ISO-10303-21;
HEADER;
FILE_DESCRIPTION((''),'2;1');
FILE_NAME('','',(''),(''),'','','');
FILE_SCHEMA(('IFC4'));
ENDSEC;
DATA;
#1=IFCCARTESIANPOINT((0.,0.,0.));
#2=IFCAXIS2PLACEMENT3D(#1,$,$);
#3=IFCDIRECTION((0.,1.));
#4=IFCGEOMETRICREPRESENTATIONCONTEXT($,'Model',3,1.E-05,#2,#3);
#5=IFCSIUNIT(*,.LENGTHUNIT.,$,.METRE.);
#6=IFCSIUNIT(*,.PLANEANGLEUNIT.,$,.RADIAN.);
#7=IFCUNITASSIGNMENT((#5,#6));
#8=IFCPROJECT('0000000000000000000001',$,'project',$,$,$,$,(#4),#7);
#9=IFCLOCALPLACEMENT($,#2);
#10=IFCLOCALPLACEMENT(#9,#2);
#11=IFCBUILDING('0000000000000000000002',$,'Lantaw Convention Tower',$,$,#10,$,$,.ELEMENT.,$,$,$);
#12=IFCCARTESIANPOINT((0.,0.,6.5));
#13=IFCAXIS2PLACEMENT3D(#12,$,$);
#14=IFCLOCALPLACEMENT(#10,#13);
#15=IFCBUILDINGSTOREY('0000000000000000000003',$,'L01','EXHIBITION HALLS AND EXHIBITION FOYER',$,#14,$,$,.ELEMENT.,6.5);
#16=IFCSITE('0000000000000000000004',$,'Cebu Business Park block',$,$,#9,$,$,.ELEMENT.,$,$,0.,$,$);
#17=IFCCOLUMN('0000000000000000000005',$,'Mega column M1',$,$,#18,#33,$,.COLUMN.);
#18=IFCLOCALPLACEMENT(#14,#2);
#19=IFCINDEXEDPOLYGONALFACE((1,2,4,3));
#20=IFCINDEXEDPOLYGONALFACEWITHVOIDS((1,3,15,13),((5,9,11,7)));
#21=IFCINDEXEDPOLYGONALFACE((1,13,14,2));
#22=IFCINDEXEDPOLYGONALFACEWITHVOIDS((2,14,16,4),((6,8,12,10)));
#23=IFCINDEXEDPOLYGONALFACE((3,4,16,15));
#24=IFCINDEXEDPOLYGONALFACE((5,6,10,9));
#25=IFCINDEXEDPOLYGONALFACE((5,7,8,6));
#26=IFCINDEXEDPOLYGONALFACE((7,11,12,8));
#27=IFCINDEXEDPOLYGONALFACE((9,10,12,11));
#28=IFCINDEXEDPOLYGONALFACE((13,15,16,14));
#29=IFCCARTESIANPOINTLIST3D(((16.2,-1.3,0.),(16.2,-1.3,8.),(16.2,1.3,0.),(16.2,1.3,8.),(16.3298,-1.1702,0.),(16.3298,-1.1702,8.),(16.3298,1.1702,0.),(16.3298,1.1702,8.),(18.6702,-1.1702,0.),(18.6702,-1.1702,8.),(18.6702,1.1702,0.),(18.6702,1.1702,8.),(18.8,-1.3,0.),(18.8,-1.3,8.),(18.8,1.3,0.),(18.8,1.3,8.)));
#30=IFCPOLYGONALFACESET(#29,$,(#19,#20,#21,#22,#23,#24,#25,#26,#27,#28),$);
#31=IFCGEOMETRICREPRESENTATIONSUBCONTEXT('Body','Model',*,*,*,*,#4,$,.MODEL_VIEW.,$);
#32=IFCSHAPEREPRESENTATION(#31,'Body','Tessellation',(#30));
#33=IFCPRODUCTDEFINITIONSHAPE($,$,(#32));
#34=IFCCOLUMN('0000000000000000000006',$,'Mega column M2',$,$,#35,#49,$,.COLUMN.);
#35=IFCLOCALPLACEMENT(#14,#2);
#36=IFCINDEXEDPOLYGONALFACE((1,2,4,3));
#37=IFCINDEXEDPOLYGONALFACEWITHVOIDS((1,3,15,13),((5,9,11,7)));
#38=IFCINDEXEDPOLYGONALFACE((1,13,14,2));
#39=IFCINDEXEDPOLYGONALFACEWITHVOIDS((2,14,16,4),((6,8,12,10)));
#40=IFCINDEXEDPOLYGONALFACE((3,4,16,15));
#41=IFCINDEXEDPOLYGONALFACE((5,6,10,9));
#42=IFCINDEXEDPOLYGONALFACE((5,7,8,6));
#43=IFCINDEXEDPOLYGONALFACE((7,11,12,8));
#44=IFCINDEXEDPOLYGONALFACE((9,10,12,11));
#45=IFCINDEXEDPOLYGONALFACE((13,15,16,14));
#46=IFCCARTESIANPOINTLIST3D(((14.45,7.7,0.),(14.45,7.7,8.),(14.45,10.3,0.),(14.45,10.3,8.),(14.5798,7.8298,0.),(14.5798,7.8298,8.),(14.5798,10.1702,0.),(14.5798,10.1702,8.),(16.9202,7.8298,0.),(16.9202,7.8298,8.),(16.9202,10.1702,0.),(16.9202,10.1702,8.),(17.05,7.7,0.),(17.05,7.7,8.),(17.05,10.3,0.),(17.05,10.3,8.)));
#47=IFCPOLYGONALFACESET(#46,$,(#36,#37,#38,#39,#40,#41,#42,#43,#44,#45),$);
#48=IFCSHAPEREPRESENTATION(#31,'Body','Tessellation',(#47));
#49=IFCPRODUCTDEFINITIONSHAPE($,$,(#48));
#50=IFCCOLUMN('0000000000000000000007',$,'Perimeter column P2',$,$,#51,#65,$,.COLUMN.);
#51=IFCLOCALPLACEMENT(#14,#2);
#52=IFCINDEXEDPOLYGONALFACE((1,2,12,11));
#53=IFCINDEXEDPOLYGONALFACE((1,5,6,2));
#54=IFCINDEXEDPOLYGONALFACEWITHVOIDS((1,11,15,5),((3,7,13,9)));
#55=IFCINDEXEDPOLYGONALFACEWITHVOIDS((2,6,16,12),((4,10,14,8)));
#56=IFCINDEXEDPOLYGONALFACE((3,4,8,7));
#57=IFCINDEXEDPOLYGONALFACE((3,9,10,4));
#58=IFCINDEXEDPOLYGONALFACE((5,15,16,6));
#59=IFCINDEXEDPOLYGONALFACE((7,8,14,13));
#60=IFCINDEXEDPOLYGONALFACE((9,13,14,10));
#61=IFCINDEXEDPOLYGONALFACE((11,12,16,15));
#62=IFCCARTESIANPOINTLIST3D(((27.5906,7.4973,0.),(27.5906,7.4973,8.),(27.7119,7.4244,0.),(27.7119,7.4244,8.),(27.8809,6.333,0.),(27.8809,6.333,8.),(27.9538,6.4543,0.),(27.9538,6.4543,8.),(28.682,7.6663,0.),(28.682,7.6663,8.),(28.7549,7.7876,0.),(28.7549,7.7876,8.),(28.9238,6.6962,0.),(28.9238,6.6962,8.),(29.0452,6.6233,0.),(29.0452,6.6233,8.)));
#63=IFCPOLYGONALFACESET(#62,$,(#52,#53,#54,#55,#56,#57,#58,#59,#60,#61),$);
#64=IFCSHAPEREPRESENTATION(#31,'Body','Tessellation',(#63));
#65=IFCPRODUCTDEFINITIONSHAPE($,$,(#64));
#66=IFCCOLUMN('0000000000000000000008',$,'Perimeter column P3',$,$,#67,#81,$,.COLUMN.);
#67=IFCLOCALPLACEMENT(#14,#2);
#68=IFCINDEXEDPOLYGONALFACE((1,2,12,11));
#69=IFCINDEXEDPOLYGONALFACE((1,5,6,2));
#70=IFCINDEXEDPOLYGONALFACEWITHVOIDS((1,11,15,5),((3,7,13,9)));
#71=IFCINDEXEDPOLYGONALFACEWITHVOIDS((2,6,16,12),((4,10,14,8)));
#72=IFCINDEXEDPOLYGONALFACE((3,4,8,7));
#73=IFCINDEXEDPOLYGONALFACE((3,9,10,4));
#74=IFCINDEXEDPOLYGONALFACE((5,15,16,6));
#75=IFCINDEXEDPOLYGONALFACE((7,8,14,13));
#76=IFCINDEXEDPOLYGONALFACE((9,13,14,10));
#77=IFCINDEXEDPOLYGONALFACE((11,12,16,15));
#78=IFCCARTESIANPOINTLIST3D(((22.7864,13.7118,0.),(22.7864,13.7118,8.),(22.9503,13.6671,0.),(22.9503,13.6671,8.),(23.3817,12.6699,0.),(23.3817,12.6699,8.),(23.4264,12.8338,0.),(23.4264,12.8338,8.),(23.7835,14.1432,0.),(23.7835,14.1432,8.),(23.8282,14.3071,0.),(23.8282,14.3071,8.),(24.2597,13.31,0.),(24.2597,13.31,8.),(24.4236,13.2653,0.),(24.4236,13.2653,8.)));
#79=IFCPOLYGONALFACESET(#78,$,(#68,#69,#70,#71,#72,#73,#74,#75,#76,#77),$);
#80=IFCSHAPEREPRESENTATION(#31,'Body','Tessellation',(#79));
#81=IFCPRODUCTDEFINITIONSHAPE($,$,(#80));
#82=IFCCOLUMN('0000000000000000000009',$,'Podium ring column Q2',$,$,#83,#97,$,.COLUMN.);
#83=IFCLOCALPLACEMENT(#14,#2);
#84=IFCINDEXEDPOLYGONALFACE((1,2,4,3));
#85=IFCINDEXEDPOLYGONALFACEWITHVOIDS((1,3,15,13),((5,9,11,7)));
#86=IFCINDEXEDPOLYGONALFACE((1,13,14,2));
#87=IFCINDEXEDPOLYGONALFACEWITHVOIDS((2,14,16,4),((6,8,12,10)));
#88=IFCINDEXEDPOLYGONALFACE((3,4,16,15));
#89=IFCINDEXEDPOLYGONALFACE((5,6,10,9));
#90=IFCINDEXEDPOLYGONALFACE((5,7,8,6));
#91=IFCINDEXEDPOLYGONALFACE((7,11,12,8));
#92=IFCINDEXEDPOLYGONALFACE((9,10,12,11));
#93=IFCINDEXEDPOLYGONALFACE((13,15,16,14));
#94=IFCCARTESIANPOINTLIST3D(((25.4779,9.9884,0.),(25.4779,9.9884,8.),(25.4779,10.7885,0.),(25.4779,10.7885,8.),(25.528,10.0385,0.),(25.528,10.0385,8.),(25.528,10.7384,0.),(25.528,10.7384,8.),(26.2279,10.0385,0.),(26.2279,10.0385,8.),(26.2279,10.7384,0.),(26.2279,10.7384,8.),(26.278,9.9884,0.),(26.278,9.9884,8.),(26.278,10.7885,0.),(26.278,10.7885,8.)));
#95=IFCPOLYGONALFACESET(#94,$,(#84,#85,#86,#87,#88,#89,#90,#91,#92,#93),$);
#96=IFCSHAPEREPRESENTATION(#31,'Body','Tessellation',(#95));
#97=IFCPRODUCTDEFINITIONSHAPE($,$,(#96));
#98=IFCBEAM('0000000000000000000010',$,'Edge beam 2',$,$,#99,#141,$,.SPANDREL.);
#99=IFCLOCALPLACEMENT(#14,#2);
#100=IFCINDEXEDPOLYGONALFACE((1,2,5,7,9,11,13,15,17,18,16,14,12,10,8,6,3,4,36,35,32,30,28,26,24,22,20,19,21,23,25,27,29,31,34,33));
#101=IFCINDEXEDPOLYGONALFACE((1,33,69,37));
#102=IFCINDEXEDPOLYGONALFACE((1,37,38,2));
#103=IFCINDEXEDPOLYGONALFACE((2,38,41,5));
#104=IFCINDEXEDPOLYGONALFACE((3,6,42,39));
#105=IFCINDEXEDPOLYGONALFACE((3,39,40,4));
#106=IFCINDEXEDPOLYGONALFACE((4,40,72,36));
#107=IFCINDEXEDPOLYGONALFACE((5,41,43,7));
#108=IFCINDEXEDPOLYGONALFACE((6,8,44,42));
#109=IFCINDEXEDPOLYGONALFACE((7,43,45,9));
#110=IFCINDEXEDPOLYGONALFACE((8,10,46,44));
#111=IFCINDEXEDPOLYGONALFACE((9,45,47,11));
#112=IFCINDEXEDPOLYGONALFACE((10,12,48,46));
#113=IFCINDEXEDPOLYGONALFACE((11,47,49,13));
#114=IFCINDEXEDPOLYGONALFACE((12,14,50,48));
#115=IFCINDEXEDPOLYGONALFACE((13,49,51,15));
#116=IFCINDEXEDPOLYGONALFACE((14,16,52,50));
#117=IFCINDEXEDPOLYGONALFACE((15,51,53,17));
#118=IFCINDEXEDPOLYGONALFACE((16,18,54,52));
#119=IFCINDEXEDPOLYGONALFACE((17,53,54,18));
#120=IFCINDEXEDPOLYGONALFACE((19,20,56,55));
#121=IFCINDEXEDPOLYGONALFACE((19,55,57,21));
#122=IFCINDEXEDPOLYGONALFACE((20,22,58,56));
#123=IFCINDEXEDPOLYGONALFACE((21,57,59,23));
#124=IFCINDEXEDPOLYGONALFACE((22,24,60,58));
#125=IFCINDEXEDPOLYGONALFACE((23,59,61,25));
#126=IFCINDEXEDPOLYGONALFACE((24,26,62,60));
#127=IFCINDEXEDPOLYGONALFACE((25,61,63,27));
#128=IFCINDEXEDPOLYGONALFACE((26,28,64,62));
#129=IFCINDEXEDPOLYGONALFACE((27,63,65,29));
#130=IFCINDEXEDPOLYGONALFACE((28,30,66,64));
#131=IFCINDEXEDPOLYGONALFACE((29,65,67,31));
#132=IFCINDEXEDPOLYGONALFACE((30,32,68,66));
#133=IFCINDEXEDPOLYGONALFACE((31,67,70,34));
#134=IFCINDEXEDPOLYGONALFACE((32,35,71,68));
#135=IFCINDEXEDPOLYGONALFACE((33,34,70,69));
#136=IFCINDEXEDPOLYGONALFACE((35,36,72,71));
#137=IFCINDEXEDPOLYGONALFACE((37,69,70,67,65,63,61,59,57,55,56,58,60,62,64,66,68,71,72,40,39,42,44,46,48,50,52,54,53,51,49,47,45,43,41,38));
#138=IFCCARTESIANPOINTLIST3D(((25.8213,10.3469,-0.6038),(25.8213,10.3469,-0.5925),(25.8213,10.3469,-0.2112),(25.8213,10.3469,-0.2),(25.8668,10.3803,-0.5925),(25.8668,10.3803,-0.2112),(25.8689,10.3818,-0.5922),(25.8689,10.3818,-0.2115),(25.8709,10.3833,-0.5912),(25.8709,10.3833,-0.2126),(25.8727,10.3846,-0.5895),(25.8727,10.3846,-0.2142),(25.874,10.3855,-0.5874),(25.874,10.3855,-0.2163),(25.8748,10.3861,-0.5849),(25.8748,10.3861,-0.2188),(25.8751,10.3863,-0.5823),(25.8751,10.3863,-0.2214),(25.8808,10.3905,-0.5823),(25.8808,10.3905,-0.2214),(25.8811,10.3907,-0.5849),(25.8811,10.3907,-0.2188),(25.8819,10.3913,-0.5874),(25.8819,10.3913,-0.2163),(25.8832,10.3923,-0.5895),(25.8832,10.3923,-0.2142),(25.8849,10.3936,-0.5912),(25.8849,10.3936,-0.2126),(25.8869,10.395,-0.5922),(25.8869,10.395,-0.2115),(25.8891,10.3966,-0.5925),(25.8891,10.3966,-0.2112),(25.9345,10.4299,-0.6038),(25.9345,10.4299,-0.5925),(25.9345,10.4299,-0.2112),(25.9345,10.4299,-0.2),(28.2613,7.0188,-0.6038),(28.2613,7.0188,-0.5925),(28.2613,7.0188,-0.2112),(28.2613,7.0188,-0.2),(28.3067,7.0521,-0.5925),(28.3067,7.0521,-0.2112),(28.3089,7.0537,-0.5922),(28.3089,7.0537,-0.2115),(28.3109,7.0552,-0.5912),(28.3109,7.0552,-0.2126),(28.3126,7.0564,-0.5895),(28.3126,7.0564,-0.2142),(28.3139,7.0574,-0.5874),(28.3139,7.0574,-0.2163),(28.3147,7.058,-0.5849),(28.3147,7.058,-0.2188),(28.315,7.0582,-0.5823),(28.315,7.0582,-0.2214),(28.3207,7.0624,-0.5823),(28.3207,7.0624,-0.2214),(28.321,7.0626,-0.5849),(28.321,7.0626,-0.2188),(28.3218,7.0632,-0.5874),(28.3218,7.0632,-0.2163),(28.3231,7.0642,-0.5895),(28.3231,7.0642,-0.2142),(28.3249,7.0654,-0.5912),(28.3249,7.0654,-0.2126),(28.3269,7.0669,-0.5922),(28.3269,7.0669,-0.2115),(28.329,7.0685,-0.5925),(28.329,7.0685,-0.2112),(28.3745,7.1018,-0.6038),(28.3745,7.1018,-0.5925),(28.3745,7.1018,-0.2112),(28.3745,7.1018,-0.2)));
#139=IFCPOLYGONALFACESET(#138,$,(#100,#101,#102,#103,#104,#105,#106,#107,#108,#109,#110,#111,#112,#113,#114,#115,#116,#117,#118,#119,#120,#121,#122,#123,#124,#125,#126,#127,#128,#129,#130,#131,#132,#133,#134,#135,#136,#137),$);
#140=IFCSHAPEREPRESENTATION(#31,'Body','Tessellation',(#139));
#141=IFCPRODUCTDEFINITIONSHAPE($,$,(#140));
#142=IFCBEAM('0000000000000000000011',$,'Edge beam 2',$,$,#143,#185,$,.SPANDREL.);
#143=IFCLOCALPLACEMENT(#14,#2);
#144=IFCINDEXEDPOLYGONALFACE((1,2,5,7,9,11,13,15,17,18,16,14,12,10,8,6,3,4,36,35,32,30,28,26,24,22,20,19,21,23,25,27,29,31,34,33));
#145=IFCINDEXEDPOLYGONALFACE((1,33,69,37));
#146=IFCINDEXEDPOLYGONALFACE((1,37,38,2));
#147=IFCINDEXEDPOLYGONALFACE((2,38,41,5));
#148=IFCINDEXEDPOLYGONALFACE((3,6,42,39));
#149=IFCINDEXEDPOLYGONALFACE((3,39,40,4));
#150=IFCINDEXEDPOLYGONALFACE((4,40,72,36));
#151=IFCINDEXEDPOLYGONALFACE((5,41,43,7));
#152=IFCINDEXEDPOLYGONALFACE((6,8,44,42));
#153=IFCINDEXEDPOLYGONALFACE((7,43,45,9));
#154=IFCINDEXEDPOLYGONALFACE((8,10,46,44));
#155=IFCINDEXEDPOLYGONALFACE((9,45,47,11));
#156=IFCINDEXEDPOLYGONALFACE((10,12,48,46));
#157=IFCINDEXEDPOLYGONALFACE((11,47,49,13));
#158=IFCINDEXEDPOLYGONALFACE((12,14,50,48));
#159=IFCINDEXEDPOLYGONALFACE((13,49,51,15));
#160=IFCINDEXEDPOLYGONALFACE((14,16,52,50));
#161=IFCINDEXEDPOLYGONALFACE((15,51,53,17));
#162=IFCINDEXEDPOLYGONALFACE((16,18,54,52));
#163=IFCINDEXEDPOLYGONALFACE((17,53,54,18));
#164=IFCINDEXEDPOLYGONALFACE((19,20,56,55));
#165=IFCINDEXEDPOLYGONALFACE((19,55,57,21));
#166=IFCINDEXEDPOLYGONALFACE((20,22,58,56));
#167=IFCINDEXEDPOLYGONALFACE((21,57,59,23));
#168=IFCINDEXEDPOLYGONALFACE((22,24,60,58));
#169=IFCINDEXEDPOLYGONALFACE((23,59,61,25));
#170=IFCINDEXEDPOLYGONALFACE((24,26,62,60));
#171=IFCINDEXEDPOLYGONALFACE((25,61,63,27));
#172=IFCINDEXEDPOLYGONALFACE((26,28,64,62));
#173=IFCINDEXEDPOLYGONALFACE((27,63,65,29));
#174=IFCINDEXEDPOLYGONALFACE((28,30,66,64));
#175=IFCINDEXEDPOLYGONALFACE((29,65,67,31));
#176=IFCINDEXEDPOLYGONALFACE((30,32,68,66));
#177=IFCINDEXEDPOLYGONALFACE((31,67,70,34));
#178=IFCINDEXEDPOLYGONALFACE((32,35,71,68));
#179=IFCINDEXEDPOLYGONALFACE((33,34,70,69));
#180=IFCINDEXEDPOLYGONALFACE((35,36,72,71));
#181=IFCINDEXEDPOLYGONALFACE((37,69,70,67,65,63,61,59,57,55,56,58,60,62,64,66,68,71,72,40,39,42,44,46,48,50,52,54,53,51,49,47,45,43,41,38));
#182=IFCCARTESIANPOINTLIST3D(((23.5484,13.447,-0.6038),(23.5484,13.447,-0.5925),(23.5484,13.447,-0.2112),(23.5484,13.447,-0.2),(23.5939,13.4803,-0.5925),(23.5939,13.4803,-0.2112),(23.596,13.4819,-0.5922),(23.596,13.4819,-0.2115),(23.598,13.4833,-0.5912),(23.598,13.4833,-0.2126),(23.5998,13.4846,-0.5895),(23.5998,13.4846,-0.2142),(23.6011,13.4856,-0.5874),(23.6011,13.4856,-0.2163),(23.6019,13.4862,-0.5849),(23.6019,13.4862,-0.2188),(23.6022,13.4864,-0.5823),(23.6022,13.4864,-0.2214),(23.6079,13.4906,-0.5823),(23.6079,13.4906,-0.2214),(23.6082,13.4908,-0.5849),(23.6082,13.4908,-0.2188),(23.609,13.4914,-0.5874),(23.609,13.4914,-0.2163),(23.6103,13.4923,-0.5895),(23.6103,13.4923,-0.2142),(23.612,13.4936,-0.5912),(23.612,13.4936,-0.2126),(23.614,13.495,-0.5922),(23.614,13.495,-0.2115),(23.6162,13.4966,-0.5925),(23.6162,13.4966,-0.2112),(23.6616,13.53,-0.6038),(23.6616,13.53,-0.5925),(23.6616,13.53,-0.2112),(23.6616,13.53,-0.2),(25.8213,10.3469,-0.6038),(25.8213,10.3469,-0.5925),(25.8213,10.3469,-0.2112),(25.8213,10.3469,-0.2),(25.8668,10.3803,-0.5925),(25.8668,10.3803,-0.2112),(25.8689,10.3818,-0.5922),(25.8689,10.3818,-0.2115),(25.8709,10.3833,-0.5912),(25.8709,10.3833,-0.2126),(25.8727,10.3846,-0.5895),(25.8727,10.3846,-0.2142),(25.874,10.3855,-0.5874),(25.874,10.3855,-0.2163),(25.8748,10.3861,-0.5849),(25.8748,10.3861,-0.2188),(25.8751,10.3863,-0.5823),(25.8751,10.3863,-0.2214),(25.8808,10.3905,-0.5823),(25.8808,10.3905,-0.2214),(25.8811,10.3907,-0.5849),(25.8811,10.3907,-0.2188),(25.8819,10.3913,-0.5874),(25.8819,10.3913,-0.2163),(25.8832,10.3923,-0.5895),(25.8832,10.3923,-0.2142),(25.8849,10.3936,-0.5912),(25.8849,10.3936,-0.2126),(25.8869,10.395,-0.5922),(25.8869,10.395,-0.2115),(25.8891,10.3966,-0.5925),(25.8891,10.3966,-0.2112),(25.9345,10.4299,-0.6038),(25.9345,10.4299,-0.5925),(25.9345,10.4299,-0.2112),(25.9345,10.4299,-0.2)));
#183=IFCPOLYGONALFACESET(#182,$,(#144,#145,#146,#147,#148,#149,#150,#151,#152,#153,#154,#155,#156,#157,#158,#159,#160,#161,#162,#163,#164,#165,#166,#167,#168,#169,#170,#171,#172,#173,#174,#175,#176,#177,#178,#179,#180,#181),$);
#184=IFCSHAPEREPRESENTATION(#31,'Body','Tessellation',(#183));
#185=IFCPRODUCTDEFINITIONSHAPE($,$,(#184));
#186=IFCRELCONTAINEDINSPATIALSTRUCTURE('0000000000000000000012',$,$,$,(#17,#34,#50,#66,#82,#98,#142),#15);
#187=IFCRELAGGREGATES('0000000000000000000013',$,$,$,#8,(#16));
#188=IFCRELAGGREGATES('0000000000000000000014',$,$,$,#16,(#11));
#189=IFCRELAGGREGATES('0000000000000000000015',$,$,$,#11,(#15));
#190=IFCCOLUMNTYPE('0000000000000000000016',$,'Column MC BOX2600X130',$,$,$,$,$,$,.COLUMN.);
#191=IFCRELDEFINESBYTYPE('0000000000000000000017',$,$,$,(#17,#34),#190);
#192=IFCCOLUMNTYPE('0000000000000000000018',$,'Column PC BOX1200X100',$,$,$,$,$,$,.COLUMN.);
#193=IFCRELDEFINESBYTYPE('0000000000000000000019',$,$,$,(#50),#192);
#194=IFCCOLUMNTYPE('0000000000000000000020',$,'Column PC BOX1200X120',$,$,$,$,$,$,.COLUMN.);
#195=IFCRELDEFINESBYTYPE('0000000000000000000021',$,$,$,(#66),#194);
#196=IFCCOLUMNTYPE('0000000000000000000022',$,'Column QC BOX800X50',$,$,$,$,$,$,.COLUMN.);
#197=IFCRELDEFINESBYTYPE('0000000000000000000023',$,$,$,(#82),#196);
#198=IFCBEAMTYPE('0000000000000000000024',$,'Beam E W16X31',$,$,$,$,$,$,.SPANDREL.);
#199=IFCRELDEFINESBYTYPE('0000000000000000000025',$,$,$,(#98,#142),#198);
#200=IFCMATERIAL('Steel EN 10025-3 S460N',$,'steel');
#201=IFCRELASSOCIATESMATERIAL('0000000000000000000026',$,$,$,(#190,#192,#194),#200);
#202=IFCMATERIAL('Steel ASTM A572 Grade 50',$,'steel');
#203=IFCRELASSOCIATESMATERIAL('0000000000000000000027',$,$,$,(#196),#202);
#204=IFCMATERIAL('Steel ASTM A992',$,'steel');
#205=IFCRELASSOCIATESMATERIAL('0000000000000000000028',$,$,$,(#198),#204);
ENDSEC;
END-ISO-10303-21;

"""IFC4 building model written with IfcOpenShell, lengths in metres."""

from ifc_helpers import new_model, si_unit, direction, frame, origin, origin_2d, place, context, subcontext, project, spatial, rectangle, hollow_rectangle, i_section, extrude, material, material_profile, profile_set, type_object, element, save


model = new_model("IFC4")

# Units and contexts
model_context = context("Model", 3, precision=1e-05, world=origin(), true_north=direction((0.0, 1.0)))
body_context = subcontext(model_context, "Body", "Model", "MODEL_VIEW")
ifc_project = project(units=[si_unit("LENGTHUNIT", "METRE"), si_unit("PLANEANGLEUNIT", "RADIAN")], contexts=[model_context])

# Site, building, storey
site_placement = place(None, origin())
site = spatial("IfcSite", under=ifc_project, at=site_placement, Name="Cebu Business Park block", CompositionType="ELEMENT", RefElevation=0.0)
building_placement = place(site_placement, origin())
building = spatial("IfcBuilding", under=site, at=building_placement, Name="Lantaw Convention Tower", CompositionType="ELEMENT")
storey_placement = place(building_placement, frame((0.0, 0.0, 6.5)))
storey = spatial("IfcBuildingStorey", under=building, at=storey_placement, Name="L01", Description="EXHIBITION HALLS AND EXHIBITION FOYER", CompositionType="ELEMENT", Elevation=6.5)

# Columns
ifc_material_1 = material(Name="Steel EN 10025-3 S460N", Category="steel")
ifc_material_profile_1 = material_profile(ifc_material_1, hollow_rectangle(XDim=2.6001, YDim=2.6001, WallThickness=0.1299, at=origin_2d()), Name="BOX2600X130")
ifc_material_2 = material(Name="Concrete C60/75", Category="concrete")
ifc_material_profile_2 = material_profile(ifc_material_2, rectangle(XDim=2.3401, YDim=2.3401, at=origin_2d()), Name="Concrete fill of BOX2600X130")
ifc_profile_set_1 = profile_set([ifc_material_profile_1, ifc_material_profile_2], Name="Steel EN 10025-3 S460N")
column_type_1 = type_object("IfcColumnType", Name="Column MC BOX2600X130", PredefinedType="COLUMN", material=ifc_profile_set_1)
for number, where, z_axis, x_axis, name in (
    (1, (17.5, 0.0, 0.0), (0.0, 0.0, 1.0), (1.0, 0.0, 0.0), "Mega column M1"),
    (2, (15.75, 9.0, 0.0), (0.0, 0.0, 1.0), (1.0, 0.0, 0.0), "Mega column M2"),
):
    element("IfcColumn", number, at=place(storey_placement, frame(where, z_axis=z_axis, x_axis=x_axis)), inside=storey, type_object=column_type_1, Name=name, PredefinedType="COLUMN", context=body_context, shape_type="SweptSolid", body=[
        extrude(hollow_rectangle(XDim=2.6001, YDim=2.6001, WallThickness=0.1299, at=origin_2d()), origin(), (0.0, 0.0, 1.0), 8.0),
    ])
ifc_material_profile_3 = material_profile(ifc_material_1, hollow_rectangle(XDim=1.2, YDim=1.2, WallThickness=0.1001, at=origin_2d()), Name="BOX1200X100")
ifc_material_profile_4 = material_profile(ifc_material_2, rectangle(XDim=1.0, YDim=1.0, at=origin_2d()), Name="Concrete fill of BOX1200X100")
ifc_profile_set_2 = profile_set([ifc_material_profile_3, ifc_material_profile_4], Name="Steel EN 10025-3 S460N")
column_type_2 = type_object("IfcColumnType", Name="Column PC BOX1200X100", PredefinedType="COLUMN", material=ifc_profile_set_2)
column_1_placement = place(storey_placement, frame((28.3179, 7.0603, 0.0), z_axis=(0.0, 0.0, 1.0), x_axis=(0.970296, 0.241922, 0.0)))
element("IfcColumn", 3, at=column_1_placement, inside=storey, type_object=column_type_2, Name="Perimeter column P2", PredefinedType="COLUMN", context=body_context, shape_type="SweptSolid", body=[
    extrude(hollow_rectangle(XDim=1.2, YDim=1.2, WallThickness=0.1001, at=origin_2d()), origin(), (0.0, 0.0, 1.0), 8.0),
])
ifc_material_profile_5 = material_profile(ifc_material_1, hollow_rectangle(XDim=1.2, YDim=1.2, WallThickness=0.1201, at=origin_2d()), Name="BOX1200X120")
ifc_material_profile_6 = material_profile(ifc_material_2, rectangle(XDim=0.96, YDim=0.96, at=origin_2d()), Name="Concrete fill of BOX1200X120")
ifc_profile_set_3 = profile_set([ifc_material_profile_5, ifc_material_profile_6], Name="Steel EN 10025-3 S460N")
column_type_3 = type_object("IfcColumnType", Name="Column PC BOX1200X120", PredefinedType="COLUMN", material=ifc_profile_set_3)
column_2_placement = place(storey_placement, frame((23.605, 13.4885, 0.0), z_axis=(0.0, 0.0, 1.0), x_axis=(0.868243, 0.496139, 0.0)))
element("IfcColumn", 4, at=column_2_placement, inside=storey, type_object=column_type_3, Name="Perimeter column P3", PredefinedType="COLUMN", context=body_context, shape_type="SweptSolid", body=[
    extrude(hollow_rectangle(XDim=1.2, YDim=1.2, WallThickness=0.1201, at=origin_2d()), origin(), (0.0, 0.0, 1.0), 8.0),
])
ifc_material_3 = material(Name="Steel ASTM A572 Grade 50", Category="steel")
ifc_material_profile_7 = material_profile(ifc_material_3, hollow_rectangle(XDim=0.8, YDim=0.8, WallThickness=0.05, at=origin_2d()), Name="BOX800X50")
ifc_profile_set_4 = profile_set([ifc_material_profile_7], Name="Steel ASTM A572 Grade 50")
column_type_4 = type_object("IfcColumnType", Name="Column QC BOX800X50", PredefinedType="COLUMN", material=ifc_profile_set_4)
column_3_placement = place(storey_placement, frame((25.8779, 10.3884, 0.0), z_axis=(0.0, 0.0, 1.0), x_axis=(1.0, 0.0, 0.0)))
element("IfcColumn", 5, at=column_3_placement, inside=storey, type_object=column_type_4, Name="Podium ring column Q2", PredefinedType="COLUMN", context=body_context, shape_type="SweptSolid", body=[
    extrude(hollow_rectangle(XDim=0.8, YDim=0.8, WallThickness=0.05, at=origin_2d()), origin(), (0.0, 0.0, 1.0), 8.0),
])

# Beams
ifc_material_4 = material(Name="Steel ASTM A992", Category="steel")
ifc_material_profile_8 = material_profile(ifc_material_4, i_section(OverallWidth=0.1404, OverallDepth=0.4038, WebThickness=0.0071, FlangeThickness=0.0112, FilletRadius=0.0103, at=origin_2d()), Name="W16X31")
ifc_profile_set_5 = profile_set([ifc_material_profile_8], Name="Steel ASTM A992")
beam_type_1 = type_object("IfcBeamType", Name="Beam E W16X31", PredefinedType="SPANDREL", material=ifc_profile_set_5)
beam_1_placement = place(storey_placement, frame((28.3179, 7.0603, -0.4019), z_axis=(-0.591256, 0.806484, 0.0), x_axis=(-0.806484, -0.591256, 0.0)))
element("IfcBeam", 6, at=beam_1_placement, inside=storey, type_object=beam_type_1, Name="Edge beam 2", PredefinedType="SPANDREL", context=body_context, shape_type="SweptSolid", body=[
    extrude(i_section(OverallWidth=0.1404, OverallDepth=0.4038, WebThickness=0.0071, FlangeThickness=0.0112, FilletRadius=0.0103, at=origin_2d()), origin(), (0.0, 0.0, 1.0), 4.1267),
])
beam_2_placement = place(storey_placement, frame((25.8779, 10.3884, -0.4019), z_axis=(-0.591287, 0.806462, 0.0), x_axis=(-0.806462, -0.591287, 0.0)))
element("IfcBeam", 7, at=beam_2_placement, inside=storey, type_object=beam_type_1, Name="Edge beam 2", PredefinedType="SPANDREL", context=body_context, shape_type="SweptSolid", body=[
    extrude(i_section(OverallWidth=0.1404, OverallDepth=0.4038, WebThickness=0.0071, FlangeThickness=0.0112, FilletRadius=0.0103, at=origin_2d()), origin(), (0.0, 0.0, 1.0), 3.844),
])

save(model, "model.ifc")
